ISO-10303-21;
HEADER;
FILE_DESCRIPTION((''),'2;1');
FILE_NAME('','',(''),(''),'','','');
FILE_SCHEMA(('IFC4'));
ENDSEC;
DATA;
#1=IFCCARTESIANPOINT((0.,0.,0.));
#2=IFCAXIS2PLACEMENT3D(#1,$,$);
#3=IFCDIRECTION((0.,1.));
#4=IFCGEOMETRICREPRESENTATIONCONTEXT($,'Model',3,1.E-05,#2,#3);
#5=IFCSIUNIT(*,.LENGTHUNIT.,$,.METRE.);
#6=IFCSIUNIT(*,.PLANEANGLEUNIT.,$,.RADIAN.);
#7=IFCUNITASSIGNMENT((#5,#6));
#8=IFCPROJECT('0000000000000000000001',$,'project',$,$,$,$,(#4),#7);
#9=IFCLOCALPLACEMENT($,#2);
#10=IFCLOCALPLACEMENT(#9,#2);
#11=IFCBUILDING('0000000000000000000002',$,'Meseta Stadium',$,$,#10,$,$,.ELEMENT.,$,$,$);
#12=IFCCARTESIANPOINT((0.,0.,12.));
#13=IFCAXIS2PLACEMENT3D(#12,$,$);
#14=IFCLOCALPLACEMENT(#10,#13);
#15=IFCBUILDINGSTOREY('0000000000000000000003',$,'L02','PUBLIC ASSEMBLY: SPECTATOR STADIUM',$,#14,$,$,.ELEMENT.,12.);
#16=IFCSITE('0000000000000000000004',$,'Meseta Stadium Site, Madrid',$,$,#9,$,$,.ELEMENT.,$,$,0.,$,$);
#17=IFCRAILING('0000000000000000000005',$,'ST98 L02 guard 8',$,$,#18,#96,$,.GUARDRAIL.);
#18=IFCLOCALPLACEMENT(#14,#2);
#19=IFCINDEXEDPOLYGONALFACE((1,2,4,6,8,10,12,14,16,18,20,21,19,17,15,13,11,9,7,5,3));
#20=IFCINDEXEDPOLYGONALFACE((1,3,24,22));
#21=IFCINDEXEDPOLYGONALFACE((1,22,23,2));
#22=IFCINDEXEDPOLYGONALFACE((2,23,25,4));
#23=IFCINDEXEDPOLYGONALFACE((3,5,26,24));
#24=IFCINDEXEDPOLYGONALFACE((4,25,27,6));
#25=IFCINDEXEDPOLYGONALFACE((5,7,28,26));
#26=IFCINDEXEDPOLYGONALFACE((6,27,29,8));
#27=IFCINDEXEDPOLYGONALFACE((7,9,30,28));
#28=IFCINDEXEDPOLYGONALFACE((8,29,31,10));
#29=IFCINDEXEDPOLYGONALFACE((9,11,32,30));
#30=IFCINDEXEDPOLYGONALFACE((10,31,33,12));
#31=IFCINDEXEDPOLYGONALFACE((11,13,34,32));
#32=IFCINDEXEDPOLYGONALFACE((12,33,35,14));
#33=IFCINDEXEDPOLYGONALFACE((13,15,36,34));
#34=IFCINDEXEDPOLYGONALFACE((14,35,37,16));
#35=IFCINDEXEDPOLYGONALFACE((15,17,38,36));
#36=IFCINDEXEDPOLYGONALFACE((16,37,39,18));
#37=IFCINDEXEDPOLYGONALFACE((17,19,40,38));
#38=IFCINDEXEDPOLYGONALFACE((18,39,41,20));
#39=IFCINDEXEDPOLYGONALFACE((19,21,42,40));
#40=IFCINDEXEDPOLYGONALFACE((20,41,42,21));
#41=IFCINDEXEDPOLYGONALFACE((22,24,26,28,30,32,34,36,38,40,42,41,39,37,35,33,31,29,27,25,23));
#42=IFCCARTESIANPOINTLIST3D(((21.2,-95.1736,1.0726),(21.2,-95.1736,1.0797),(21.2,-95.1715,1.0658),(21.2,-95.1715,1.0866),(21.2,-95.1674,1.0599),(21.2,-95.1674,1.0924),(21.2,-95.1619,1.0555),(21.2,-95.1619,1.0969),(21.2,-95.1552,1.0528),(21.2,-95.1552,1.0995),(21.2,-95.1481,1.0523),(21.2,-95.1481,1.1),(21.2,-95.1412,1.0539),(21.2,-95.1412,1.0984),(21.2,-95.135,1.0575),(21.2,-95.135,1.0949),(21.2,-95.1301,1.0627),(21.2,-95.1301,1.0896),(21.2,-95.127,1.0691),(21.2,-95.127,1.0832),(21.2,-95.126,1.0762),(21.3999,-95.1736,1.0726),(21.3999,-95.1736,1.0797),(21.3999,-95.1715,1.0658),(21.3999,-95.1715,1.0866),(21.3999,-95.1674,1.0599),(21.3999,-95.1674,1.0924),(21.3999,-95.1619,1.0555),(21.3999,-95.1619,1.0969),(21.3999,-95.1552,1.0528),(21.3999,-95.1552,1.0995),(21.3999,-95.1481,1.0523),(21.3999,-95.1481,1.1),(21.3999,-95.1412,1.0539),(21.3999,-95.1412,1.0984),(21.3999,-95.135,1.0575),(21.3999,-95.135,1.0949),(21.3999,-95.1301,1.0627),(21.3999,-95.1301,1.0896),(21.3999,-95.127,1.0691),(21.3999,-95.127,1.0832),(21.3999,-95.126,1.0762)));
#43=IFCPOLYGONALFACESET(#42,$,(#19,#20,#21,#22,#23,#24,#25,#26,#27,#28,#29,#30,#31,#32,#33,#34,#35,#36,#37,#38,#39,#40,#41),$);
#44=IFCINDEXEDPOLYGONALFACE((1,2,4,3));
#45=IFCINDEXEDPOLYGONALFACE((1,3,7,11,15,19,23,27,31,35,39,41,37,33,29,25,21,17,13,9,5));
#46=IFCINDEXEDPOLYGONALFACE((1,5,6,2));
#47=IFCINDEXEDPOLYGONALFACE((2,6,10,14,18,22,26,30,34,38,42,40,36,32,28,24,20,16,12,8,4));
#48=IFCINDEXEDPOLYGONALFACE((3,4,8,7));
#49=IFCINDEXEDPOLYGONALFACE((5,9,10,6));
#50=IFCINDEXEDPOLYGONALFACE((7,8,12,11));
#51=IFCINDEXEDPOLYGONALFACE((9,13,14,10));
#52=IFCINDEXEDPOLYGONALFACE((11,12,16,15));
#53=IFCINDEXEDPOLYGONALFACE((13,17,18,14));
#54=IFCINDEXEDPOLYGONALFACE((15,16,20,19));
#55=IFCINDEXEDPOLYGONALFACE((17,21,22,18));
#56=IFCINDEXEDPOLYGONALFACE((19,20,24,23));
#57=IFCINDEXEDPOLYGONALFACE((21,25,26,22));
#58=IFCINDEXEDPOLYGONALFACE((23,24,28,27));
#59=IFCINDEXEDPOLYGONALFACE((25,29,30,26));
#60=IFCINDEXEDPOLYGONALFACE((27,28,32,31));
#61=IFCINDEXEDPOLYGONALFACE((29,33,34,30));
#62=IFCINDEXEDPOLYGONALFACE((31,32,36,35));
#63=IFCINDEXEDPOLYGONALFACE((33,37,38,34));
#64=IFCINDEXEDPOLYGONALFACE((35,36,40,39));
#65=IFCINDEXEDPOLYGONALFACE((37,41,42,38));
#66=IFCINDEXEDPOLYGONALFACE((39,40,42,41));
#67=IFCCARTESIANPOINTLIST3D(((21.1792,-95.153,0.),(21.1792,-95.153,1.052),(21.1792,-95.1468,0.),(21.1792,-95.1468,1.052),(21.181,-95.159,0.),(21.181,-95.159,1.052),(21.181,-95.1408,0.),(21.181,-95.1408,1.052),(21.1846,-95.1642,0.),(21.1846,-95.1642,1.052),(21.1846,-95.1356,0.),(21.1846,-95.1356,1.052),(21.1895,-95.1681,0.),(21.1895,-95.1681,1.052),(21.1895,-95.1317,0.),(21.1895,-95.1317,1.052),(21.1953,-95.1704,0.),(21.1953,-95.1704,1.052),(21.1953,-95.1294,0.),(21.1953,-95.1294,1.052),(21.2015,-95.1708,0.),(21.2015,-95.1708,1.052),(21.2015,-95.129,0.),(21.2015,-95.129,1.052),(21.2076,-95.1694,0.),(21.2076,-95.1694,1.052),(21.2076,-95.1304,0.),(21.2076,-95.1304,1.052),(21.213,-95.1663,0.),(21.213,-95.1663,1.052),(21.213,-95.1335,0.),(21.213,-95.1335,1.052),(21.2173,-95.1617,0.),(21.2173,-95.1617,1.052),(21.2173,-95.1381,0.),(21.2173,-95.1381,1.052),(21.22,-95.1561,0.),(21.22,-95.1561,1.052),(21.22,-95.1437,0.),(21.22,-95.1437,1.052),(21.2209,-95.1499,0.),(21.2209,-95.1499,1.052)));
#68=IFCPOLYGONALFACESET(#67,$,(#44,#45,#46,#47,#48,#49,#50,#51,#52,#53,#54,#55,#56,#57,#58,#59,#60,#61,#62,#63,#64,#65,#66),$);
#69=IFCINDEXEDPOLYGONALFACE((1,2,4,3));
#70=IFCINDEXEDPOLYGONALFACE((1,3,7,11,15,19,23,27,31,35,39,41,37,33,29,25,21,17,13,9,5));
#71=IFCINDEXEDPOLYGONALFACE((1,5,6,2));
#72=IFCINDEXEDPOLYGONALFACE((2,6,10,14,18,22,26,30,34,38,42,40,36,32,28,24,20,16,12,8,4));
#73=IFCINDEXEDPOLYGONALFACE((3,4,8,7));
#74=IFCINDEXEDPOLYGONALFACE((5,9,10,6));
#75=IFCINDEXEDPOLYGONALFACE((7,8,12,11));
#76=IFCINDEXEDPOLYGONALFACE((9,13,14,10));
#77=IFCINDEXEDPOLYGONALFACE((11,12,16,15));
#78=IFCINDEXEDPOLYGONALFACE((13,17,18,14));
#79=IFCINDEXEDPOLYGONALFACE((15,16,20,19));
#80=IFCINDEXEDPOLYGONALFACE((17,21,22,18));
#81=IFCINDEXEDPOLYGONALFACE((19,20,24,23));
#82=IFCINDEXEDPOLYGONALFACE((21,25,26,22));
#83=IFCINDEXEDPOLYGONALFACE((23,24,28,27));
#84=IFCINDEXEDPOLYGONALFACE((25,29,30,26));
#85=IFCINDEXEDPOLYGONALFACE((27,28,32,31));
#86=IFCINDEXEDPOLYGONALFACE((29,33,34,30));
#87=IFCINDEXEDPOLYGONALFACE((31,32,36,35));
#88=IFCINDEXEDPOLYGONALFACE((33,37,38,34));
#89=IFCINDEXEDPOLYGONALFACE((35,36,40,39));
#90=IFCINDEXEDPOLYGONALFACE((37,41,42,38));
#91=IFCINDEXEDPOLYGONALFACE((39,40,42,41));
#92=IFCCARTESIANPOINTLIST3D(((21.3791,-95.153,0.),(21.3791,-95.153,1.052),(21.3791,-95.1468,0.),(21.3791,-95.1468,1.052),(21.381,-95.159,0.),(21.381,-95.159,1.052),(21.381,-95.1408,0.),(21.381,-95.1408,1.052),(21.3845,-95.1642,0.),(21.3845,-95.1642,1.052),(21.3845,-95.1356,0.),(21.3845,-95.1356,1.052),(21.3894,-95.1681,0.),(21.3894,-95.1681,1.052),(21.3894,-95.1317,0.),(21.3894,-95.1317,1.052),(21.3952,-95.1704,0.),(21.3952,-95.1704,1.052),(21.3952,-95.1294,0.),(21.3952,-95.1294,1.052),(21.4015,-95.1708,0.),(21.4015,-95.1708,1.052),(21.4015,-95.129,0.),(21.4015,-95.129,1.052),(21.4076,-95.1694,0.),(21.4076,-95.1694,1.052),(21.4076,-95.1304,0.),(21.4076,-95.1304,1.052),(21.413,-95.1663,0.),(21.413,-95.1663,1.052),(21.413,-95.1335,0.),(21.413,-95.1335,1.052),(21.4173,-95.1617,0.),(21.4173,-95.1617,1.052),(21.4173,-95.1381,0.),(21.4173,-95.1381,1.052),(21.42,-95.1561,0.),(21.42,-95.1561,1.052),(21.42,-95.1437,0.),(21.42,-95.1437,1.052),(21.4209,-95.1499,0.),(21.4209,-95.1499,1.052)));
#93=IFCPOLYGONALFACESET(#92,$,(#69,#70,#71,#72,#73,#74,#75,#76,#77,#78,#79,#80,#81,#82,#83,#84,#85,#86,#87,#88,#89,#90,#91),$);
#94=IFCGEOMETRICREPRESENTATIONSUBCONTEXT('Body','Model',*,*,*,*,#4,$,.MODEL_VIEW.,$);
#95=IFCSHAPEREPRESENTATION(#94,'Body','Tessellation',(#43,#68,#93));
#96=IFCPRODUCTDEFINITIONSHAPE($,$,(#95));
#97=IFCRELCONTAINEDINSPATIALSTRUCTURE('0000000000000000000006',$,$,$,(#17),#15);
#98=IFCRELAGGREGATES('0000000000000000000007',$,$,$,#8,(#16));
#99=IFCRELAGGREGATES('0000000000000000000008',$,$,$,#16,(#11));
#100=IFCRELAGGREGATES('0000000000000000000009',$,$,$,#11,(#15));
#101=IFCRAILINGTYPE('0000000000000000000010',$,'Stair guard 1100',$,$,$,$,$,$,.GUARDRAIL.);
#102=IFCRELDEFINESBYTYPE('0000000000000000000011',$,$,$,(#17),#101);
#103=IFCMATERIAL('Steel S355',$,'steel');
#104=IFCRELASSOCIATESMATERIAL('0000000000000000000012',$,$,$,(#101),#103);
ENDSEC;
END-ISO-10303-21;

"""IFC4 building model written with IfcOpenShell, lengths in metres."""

from ifc_helpers import new_model, si_unit, direction, frame, origin, origin_2d, place, context, subcontext, project, spatial, circle, extrude, material, type_object, element, save


model = new_model("IFC4")

# Units and contexts
model_context = context("Model", 3, precision=1e-05, world=origin(), true_north=direction((0.0, 1.0)))
body_context = subcontext(model_context, "Body", "Model", "MODEL_VIEW")
ifc_project = project(units=[si_unit("LENGTHUNIT", "METRE"), si_unit("PLANEANGLEUNIT", "RADIAN")], contexts=[model_context])

# Site, building, storey
site_placement = place(None, origin())
site = spatial("IfcSite", under=ifc_project, at=site_placement, Name="Meseta Stadium Site, Madrid", CompositionType="ELEMENT", RefElevation=0.0)
building_placement = place(site_placement, origin())
building = spatial("IfcBuilding", under=site, at=building_placement, Name="Meseta Stadium", CompositionType="ELEMENT")
storey_placement = place(building_placement, frame((0.0, 0.0, 12.0)))
storey = spatial("IfcBuildingStorey", under=building, at=storey_placement, Name="L02", Description="PUBLIC ASSEMBLY: SPECTATOR STADIUM", CompositionType="ELEMENT", Elevation=12.0)

# Railing
ifc_material_1 = material(Name="Steel S355", Category="steel")
railing_type_1 = type_object("IfcRailingType", Name="Stair guard 1100", PredefinedType="GUARDRAIL", material=ifc_material_1)
railing_1_placement = place(storey_placement, frame((21.2, -95.1499, 0.0)))
element("IfcRailing", 1, at=railing_1_placement, inside=storey, type_object=railing_type_1, Name="ST98 L02 guard 8", PredefinedType="GUARDRAIL", context=body_context, shape_type="SweptSolid", body=[
    extrude(circle(Radius=0.0239, at=origin_2d()), frame((0.0, 0.0, 1.0762), z_axis=(1.0, 0.0, 0.0), x_axis=(0.0, 1.0, 0.0)), (0.0, 0.0, 1.0), 0.2),
    extrude(circle(Radius=0.021, at=origin_2d()), origin(), (0.0, 0.0, 1.0), 1.052),
    extrude(circle(Radius=0.021, at=origin_2d()), frame((0.2, 0.0, 0.0)), (0.0, 0.0, 1.0), 1.052),
])

save(model, "model.ifc")
